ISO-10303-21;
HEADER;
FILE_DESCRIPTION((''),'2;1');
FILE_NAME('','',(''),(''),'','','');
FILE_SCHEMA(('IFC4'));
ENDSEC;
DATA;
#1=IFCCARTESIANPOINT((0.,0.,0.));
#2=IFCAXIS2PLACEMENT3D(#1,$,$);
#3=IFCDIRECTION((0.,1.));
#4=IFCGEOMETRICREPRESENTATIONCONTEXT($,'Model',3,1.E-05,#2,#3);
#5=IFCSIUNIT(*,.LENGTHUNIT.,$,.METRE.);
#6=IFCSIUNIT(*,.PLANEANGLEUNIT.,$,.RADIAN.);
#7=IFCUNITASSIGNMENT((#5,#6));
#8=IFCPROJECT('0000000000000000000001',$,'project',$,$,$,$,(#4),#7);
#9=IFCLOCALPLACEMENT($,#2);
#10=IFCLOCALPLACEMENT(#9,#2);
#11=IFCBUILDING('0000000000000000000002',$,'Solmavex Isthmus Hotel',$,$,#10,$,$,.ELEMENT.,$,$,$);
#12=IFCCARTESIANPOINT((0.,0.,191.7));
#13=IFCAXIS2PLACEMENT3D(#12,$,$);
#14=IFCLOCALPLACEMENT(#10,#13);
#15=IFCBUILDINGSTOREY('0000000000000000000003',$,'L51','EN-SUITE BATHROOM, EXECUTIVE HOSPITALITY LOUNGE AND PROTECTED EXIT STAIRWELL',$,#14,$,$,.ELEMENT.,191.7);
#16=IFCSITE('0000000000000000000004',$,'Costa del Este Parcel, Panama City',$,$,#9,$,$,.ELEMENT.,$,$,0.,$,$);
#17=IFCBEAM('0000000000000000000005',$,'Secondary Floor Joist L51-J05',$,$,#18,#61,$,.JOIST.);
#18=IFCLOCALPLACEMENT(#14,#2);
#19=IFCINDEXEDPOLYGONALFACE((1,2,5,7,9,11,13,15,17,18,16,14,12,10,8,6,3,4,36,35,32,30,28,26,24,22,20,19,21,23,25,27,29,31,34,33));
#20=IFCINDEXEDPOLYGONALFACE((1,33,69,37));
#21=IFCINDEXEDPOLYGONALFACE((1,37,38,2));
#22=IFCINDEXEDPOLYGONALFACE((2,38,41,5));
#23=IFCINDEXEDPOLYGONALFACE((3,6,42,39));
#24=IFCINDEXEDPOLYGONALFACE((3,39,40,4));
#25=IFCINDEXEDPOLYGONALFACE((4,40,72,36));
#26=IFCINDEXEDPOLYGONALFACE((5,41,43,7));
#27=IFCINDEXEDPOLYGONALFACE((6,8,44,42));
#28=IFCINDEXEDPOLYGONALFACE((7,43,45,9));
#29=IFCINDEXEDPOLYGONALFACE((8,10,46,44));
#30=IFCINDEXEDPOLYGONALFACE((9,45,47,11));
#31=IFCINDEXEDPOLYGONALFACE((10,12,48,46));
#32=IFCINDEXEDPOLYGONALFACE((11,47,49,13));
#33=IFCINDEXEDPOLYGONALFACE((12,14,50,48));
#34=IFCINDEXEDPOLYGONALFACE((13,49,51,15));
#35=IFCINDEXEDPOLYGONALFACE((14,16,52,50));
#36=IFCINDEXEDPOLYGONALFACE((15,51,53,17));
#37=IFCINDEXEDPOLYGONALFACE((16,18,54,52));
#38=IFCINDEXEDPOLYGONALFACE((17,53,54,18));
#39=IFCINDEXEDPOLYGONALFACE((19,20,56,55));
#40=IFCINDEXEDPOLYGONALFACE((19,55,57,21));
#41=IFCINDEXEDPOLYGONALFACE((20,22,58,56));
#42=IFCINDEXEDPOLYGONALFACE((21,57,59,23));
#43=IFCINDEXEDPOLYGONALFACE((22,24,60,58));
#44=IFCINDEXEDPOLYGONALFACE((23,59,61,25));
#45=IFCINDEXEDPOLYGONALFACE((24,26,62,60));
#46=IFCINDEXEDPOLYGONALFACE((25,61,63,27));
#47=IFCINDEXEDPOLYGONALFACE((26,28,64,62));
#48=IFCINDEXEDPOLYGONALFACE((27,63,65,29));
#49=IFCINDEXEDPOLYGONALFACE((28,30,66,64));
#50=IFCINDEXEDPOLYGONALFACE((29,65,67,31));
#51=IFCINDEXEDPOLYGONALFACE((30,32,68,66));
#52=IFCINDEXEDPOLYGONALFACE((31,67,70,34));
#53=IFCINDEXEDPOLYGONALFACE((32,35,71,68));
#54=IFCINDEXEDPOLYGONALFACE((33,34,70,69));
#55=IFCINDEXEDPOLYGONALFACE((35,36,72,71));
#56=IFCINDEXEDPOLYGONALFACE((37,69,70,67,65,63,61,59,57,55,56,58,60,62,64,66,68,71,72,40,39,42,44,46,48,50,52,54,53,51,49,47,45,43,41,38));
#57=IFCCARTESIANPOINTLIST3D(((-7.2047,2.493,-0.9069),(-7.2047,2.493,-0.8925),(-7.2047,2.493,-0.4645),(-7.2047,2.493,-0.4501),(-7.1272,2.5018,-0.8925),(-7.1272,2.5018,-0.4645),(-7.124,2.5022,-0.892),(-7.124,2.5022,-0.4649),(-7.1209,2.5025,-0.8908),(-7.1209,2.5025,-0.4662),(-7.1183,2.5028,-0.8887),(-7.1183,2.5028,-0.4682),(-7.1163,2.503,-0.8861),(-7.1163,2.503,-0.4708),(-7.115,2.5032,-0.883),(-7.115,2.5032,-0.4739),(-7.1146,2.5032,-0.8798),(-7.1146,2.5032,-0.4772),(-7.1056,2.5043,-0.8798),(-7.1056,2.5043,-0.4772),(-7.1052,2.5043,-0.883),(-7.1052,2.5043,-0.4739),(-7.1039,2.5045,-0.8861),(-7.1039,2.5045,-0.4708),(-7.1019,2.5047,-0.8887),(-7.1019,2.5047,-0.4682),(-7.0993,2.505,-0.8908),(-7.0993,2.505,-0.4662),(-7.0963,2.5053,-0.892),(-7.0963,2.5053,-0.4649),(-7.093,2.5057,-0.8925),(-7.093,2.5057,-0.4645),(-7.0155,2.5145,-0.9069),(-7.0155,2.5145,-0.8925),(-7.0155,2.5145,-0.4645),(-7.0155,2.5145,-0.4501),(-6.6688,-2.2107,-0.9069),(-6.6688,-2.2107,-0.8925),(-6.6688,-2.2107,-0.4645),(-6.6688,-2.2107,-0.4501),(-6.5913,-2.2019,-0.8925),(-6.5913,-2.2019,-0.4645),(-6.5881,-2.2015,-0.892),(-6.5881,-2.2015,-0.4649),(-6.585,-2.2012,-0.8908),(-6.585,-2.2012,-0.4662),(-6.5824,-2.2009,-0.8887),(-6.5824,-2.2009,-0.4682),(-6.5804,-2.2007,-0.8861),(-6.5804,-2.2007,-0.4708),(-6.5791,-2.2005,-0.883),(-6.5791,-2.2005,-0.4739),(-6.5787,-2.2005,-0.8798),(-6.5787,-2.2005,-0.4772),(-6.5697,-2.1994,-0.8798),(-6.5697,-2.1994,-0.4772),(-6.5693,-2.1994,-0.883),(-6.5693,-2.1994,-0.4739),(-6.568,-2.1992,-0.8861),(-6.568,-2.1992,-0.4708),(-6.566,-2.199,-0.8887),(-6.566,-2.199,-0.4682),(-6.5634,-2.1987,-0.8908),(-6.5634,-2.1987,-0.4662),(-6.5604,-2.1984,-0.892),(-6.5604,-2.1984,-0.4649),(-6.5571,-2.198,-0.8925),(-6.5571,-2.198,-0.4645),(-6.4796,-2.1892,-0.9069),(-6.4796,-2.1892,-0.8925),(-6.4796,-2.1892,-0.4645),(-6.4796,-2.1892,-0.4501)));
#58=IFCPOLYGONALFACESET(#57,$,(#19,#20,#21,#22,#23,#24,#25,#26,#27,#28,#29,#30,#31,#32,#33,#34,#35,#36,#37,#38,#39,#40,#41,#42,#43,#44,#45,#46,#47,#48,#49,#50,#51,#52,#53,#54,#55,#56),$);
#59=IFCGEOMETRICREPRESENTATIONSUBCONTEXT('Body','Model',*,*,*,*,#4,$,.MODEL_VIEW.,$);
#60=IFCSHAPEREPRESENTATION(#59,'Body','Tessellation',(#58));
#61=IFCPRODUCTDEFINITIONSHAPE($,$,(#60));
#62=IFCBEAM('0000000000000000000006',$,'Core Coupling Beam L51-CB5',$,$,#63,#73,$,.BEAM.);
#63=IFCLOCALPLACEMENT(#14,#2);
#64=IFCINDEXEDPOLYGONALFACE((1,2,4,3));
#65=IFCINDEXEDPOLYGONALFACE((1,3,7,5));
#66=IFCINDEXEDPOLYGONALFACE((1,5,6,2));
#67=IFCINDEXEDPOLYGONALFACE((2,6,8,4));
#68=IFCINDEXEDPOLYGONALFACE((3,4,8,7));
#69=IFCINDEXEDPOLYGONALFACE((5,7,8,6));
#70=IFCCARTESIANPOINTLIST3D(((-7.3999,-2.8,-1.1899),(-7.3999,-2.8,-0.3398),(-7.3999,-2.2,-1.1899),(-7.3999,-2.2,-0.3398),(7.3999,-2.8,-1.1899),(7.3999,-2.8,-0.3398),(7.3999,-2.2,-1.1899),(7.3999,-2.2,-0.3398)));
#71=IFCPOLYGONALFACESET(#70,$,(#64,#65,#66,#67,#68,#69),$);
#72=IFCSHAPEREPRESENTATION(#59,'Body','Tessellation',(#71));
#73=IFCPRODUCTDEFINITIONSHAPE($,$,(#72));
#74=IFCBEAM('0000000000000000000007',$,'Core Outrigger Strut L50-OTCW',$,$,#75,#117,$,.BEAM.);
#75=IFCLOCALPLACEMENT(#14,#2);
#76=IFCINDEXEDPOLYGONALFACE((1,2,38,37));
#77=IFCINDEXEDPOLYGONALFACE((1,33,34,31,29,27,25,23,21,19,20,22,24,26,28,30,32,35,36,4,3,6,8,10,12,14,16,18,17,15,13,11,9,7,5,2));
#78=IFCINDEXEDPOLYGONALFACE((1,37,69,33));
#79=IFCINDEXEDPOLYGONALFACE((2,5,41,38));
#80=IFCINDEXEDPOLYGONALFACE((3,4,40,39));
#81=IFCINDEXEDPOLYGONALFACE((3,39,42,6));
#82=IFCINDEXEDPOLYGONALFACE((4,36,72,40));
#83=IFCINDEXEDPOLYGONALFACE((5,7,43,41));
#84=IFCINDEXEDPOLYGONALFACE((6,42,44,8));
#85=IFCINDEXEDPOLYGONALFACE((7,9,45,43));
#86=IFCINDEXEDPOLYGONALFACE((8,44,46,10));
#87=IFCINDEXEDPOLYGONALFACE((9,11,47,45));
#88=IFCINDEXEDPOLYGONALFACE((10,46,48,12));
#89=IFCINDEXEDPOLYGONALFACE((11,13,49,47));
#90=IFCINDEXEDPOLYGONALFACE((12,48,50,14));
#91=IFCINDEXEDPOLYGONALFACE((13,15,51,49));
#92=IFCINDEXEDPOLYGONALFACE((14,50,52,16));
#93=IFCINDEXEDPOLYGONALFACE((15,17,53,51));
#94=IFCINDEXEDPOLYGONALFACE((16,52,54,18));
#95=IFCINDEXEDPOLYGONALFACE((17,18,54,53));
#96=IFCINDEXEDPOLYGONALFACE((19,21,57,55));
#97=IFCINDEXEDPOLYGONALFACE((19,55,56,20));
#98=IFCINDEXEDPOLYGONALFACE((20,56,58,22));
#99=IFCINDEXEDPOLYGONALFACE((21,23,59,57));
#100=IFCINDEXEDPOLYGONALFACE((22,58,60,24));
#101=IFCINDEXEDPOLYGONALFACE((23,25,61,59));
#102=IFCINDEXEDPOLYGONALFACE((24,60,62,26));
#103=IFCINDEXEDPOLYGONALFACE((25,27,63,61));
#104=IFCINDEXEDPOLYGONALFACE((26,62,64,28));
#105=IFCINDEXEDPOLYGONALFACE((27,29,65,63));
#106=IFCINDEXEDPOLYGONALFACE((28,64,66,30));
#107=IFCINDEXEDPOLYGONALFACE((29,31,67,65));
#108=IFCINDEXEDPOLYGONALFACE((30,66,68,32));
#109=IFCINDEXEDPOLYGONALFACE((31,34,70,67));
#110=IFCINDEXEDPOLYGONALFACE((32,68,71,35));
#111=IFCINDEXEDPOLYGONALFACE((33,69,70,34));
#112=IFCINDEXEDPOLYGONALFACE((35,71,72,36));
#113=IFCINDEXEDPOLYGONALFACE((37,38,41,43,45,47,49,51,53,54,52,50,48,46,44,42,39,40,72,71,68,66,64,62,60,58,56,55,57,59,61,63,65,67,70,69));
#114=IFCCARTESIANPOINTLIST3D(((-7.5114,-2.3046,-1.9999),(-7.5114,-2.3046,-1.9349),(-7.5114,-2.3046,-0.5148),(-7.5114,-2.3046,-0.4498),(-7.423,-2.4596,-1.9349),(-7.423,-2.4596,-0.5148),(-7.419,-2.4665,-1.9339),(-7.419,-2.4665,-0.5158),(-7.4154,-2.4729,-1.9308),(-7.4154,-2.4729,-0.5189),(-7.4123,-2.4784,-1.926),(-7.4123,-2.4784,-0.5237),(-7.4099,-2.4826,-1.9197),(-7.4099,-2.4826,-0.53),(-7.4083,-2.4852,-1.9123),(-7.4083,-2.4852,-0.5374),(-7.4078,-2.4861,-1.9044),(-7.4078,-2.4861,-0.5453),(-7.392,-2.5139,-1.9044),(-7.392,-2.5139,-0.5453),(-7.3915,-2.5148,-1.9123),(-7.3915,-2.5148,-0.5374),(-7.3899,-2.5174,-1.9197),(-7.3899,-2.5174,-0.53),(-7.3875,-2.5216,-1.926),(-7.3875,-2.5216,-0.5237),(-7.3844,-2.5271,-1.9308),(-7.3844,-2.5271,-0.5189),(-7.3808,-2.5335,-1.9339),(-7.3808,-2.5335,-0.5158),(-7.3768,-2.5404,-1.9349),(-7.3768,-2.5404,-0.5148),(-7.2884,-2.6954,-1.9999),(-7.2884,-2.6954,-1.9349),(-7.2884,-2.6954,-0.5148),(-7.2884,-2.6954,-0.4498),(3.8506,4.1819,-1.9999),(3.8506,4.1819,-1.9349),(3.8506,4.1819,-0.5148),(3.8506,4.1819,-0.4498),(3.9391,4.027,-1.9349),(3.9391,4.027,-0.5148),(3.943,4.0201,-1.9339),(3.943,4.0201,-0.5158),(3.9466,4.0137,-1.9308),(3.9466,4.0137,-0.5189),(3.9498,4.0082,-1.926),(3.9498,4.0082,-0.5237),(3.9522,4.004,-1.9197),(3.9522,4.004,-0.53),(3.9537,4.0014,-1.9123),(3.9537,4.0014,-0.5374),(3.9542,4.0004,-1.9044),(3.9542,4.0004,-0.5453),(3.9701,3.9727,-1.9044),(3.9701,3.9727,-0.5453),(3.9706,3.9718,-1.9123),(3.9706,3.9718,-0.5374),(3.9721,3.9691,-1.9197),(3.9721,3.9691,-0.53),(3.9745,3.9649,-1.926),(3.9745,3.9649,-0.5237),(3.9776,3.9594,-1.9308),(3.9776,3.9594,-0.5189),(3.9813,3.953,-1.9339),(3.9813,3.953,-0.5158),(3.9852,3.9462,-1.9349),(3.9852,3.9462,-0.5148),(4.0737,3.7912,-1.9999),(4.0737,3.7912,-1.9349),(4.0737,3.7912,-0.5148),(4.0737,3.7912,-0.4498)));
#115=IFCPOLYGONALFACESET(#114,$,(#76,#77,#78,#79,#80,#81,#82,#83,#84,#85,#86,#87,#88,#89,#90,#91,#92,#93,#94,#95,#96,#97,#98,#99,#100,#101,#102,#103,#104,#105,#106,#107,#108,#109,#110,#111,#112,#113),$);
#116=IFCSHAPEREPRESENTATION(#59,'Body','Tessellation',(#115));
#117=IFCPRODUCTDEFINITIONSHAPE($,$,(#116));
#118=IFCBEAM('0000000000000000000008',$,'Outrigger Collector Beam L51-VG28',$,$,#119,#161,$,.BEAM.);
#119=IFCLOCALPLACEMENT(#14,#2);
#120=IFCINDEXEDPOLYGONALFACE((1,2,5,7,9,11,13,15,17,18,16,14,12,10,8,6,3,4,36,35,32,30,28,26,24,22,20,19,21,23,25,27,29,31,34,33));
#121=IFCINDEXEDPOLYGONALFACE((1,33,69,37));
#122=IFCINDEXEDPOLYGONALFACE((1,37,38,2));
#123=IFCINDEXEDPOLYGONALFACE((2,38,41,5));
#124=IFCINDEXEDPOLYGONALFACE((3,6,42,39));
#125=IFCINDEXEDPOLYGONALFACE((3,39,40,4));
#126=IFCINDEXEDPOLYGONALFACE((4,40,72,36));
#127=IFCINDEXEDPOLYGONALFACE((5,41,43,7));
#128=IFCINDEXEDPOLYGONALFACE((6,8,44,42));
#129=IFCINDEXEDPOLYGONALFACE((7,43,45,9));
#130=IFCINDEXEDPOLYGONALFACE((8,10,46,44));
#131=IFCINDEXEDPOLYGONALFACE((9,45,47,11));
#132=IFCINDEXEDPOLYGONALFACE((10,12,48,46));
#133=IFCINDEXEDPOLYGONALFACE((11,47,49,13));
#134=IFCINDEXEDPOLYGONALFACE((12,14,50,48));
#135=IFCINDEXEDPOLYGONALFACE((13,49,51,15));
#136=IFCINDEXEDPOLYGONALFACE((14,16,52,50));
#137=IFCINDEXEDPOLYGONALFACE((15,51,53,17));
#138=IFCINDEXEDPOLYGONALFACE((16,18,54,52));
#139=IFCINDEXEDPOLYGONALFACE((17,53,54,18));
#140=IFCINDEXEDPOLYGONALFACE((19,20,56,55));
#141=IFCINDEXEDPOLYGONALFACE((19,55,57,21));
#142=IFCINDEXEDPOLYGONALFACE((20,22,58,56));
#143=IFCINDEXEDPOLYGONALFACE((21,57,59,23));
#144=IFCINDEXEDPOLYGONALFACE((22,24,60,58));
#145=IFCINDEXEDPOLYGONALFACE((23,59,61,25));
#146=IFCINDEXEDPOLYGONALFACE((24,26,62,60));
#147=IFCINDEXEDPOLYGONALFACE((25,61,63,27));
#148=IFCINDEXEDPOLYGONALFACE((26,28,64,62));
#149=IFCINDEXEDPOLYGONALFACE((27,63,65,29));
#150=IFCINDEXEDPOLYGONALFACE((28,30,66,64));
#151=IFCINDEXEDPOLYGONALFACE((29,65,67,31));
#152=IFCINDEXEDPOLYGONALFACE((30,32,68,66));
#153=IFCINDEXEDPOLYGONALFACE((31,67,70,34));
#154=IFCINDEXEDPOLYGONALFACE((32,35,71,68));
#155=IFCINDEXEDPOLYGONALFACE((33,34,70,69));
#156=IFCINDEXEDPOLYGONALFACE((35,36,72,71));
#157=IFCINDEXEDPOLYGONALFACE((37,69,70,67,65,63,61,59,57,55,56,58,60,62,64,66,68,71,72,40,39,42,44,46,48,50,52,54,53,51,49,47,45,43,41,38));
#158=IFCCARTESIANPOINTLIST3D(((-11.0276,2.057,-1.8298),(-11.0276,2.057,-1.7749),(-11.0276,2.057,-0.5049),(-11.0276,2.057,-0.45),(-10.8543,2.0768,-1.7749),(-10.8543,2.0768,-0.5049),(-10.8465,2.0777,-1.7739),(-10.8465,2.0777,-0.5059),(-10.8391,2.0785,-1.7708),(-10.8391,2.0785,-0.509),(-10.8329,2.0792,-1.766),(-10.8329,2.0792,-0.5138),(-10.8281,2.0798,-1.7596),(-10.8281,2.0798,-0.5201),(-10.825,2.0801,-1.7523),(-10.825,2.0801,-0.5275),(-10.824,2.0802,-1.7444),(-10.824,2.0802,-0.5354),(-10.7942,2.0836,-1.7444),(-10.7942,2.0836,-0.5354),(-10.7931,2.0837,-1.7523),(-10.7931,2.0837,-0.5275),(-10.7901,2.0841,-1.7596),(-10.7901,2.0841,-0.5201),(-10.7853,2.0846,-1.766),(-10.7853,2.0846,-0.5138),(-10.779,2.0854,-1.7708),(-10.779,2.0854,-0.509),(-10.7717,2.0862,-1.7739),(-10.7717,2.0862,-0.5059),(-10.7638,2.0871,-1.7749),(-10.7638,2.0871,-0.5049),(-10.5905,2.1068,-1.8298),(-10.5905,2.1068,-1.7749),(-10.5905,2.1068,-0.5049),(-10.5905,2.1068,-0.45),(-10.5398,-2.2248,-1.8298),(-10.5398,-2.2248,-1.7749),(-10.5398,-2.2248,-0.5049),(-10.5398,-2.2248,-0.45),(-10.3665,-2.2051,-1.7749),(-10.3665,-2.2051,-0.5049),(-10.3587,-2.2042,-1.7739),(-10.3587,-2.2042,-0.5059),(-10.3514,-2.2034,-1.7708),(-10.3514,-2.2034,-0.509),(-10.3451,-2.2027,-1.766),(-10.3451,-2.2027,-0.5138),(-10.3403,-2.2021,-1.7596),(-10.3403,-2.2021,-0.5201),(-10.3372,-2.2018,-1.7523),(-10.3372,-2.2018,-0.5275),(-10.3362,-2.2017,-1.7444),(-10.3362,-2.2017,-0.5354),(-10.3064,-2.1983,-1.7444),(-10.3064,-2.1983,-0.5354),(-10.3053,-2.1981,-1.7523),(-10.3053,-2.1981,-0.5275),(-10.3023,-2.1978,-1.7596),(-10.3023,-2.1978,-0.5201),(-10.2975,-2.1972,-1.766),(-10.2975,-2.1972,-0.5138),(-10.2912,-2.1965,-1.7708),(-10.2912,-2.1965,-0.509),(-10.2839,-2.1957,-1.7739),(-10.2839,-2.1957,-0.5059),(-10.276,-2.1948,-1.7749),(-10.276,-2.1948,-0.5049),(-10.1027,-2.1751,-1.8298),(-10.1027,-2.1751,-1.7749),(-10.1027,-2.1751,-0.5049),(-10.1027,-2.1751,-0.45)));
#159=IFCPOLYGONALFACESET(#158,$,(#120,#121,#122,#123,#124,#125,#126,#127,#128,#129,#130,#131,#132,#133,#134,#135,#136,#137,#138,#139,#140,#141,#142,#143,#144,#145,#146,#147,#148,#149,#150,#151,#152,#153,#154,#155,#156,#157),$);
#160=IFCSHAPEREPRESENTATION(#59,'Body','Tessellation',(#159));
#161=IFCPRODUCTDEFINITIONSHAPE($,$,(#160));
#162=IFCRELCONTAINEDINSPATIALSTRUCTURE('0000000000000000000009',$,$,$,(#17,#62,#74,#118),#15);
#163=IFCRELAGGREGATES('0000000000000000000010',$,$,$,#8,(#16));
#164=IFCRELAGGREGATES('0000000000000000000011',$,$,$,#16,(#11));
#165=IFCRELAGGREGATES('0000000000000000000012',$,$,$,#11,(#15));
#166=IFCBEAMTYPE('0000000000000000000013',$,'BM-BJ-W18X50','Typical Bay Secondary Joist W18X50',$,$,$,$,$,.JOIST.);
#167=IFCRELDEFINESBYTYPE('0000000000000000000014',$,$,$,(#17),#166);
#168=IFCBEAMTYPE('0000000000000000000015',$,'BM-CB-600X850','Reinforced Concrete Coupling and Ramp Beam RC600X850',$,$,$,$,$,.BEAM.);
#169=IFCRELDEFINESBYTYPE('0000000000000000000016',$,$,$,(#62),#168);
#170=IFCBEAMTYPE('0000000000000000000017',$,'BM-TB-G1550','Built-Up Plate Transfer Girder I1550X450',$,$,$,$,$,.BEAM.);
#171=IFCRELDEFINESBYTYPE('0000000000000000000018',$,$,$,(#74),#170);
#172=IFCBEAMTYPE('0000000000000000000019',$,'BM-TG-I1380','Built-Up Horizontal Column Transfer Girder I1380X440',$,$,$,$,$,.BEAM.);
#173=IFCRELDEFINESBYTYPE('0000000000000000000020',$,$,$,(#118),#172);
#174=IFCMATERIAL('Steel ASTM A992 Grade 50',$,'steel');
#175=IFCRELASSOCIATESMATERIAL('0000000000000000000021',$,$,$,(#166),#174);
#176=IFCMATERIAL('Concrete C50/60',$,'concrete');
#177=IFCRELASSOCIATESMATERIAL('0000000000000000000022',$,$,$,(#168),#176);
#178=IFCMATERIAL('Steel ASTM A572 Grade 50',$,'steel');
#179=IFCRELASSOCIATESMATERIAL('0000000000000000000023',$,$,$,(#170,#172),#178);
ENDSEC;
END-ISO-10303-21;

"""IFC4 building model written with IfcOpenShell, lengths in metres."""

from ifc_helpers import new_model, si_unit, direction, frame, origin, origin_2d, place, context, subcontext, project, spatial, rectangle, i_section, extrude, material, material_profile, profile_set, type_object, element, save


model = new_model("IFC4")

# Units and contexts
model_context = context("Model", 3, precision=1e-05, world=origin(), true_north=direction((0.0, 1.0)))
body_context = subcontext(model_context, "Body", "Model", "MODEL_VIEW")
ifc_project = project(units=[si_unit("LENGTHUNIT", "METRE"), si_unit("PLANEANGLEUNIT", "RADIAN")], contexts=[model_context])

# Site, building, storey
site_placement = place(None, origin())
site = spatial("IfcSite", under=ifc_project, at=site_placement, Name="Costa del Este Parcel, Panama City", CompositionType="ELEMENT", RefElevation=0.0)
building_placement = place(site_placement, origin())
building = spatial("IfcBuilding", under=site, at=building_placement, Name="Solmavex Isthmus Hotel", CompositionType="ELEMENT")
storey_placement = place(building_placement, frame((0.0, 0.0, 191.7)))
storey = spatial("IfcBuildingStorey", under=building, at=storey_placement, Name="L51", Description="EN-SUITE BATHROOM, EXECUTIVE HOSPITALITY LOUNGE AND PROTECTED EXIT STAIRWELL", CompositionType="ELEMENT", Elevation=191.7)

# Beams
ifc_material_1 = material(Name="Steel ASTM A992 Grade 50", Category="steel")
ifc_material_profile_1 = material_profile(ifc_material_1, i_section(OverallWidth=0.1904, OverallDepth=0.4568, WebThickness=0.009, FlangeThickness=0.0144, FilletRadius=0.0127, at=origin_2d()), Name="W18X50")
ifc_profile_set_1 = profile_set([ifc_material_profile_1], Name="Steel ASTM A992 Grade 50")
beam_type_1 = type_object("IfcBeamType", Name="BM-BJ-W18X50", Description="Typical Bay Secondary Joist W18X50", PredefinedType="JOIST", material=ifc_profile_set_1)
beam_1_placement = place(storey_placement, frame((-6.5742, -2.2, -0.6785), z_axis=(-0.113199, 0.993572, 0.0), x_axis=(-0.993572, -0.113199, 0.0)))
element("IfcBeam", 1, at=beam_1_placement, inside=storey, type_object=beam_type_1, Name="Secondary Floor Joist L51-J05", PredefinedType="JOIST", context=body_context, shape_type="SweptSolid", body=[
    extrude(i_section(OverallWidth=0.1904, OverallDepth=0.4568, WebThickness=0.009, FlangeThickness=0.0144, FilletRadius=0.0127, at=origin_2d()), origin(), (0.0, 0.0, 1.0), 4.7341),
])
ifc_material_2 = material(Name="Concrete C50/60", Category="concrete")
ifc_material_profile_2 = material_profile(ifc_material_2, rectangle(XDim=0.6001, YDim=0.8501, at=origin_2d()), Name="RC600X850")
ifc_profile_set_2 = profile_set([ifc_material_profile_2], Name="Concrete C50/60")
beam_type_2 = type_object("IfcBeamType", Name="BM-CB-600X850", Description="Reinforced Concrete Coupling and Ramp Beam RC600X850", PredefinedType="BEAM", material=ifc_profile_set_2)
beam_2_placement = place(storey_placement, frame((-7.3999, -2.5, -0.7649), z_axis=(1.0, 0.0, 0.0), x_axis=(0.0, 1.0, 0.0)))
element("IfcBeam", 2, at=beam_2_placement, inside=storey, type_object=beam_type_2, Name="Core Coupling Beam L51-CB5", PredefinedType="BEAM", context=body_context, shape_type="SweptSolid", body=[
    extrude(rectangle(XDim=0.6001, YDim=0.8501, at=origin_2d()), origin(), (0.0, 0.0, 1.0), 14.7998),
])
ifc_material_3 = material(Name="Steel ASTM A572 Grade 50", Category="steel")
ifc_material_profile_3 = material_profile(ifc_material_3, i_section(OverallWidth=0.45, OverallDepth=1.55, WebThickness=0.032, FlangeThickness=0.0649, FilletRadius=0.0305, at=origin_2d()), Name="I1550X450")
ifc_profile_set_3 = profile_set([ifc_material_profile_3], Name="Steel ASTM A572 Grade 50")
beam_type_3 = type_object("IfcBeamType", Name="BM-TB-G1550", Description="Built-Up Plate Transfer Girder I1550X450", PredefinedType="BEAM", material=ifc_profile_set_3)
beam_3_placement = place(storey_placement, frame((-7.3999, -2.5, -1.2249), z_axis=(0.868442, 0.495791, 0.0), x_axis=(-0.495791, 0.868442, 0.0)))
element("IfcBeam", 3, at=beam_3_placement, inside=storey, type_object=beam_type_3, Name="Core Outrigger Strut L50-OTCW", PredefinedType="BEAM", context=body_context, shape_type="SweptSolid", body=[
    extrude(i_section(OverallWidth=0.45, OverallDepth=1.55, WebThickness=0.032, FlangeThickness=0.0649, FilletRadius=0.0305, at=origin_2d()), origin(), (0.0, 0.0, 1.0), 13.0833),
])
ifc_material_profile_4 = material_profile(ifc_material_3, i_section(OverallWidth=0.4399, OverallDepth=1.3799, WebThickness=0.03, FlangeThickness=0.0549, FilletRadius=0.0305, at=origin_2d()), Name="I1380X440")
ifc_profile_set_4 = profile_set([ifc_material_profile_4], Name="Steel ASTM A572 Grade 50")
beam_type_4 = type_object("IfcBeamType", Name="BM-TG-I1380", Description="Built-Up Horizontal Column Transfer Girder I1380X440", PredefinedType="BEAM", material=ifc_profile_set_4)
beam_4_placement = place(storey_placement, frame((-10.3213, -2.2, -1.1399), z_axis=(-0.113186, 0.993574, 0.0), x_axis=(-0.993574, -0.113186, 0.0)))
element("IfcBeam", 4, at=beam_4_placement, inside=storey, type_object=beam_type_4, Name="Outrigger Collector Beam L51-VG28", PredefinedType="BEAM", context=body_context, shape_type="SweptSolid", body=[
    extrude(i_section(OverallWidth=0.4399, OverallDepth=1.3799, WebThickness=0.03, FlangeThickness=0.0549, FilletRadius=0.0305, at=origin_2d()), origin(), (0.0, 0.0, 1.0), 4.3096),
])

save(model, "model.ifc")
